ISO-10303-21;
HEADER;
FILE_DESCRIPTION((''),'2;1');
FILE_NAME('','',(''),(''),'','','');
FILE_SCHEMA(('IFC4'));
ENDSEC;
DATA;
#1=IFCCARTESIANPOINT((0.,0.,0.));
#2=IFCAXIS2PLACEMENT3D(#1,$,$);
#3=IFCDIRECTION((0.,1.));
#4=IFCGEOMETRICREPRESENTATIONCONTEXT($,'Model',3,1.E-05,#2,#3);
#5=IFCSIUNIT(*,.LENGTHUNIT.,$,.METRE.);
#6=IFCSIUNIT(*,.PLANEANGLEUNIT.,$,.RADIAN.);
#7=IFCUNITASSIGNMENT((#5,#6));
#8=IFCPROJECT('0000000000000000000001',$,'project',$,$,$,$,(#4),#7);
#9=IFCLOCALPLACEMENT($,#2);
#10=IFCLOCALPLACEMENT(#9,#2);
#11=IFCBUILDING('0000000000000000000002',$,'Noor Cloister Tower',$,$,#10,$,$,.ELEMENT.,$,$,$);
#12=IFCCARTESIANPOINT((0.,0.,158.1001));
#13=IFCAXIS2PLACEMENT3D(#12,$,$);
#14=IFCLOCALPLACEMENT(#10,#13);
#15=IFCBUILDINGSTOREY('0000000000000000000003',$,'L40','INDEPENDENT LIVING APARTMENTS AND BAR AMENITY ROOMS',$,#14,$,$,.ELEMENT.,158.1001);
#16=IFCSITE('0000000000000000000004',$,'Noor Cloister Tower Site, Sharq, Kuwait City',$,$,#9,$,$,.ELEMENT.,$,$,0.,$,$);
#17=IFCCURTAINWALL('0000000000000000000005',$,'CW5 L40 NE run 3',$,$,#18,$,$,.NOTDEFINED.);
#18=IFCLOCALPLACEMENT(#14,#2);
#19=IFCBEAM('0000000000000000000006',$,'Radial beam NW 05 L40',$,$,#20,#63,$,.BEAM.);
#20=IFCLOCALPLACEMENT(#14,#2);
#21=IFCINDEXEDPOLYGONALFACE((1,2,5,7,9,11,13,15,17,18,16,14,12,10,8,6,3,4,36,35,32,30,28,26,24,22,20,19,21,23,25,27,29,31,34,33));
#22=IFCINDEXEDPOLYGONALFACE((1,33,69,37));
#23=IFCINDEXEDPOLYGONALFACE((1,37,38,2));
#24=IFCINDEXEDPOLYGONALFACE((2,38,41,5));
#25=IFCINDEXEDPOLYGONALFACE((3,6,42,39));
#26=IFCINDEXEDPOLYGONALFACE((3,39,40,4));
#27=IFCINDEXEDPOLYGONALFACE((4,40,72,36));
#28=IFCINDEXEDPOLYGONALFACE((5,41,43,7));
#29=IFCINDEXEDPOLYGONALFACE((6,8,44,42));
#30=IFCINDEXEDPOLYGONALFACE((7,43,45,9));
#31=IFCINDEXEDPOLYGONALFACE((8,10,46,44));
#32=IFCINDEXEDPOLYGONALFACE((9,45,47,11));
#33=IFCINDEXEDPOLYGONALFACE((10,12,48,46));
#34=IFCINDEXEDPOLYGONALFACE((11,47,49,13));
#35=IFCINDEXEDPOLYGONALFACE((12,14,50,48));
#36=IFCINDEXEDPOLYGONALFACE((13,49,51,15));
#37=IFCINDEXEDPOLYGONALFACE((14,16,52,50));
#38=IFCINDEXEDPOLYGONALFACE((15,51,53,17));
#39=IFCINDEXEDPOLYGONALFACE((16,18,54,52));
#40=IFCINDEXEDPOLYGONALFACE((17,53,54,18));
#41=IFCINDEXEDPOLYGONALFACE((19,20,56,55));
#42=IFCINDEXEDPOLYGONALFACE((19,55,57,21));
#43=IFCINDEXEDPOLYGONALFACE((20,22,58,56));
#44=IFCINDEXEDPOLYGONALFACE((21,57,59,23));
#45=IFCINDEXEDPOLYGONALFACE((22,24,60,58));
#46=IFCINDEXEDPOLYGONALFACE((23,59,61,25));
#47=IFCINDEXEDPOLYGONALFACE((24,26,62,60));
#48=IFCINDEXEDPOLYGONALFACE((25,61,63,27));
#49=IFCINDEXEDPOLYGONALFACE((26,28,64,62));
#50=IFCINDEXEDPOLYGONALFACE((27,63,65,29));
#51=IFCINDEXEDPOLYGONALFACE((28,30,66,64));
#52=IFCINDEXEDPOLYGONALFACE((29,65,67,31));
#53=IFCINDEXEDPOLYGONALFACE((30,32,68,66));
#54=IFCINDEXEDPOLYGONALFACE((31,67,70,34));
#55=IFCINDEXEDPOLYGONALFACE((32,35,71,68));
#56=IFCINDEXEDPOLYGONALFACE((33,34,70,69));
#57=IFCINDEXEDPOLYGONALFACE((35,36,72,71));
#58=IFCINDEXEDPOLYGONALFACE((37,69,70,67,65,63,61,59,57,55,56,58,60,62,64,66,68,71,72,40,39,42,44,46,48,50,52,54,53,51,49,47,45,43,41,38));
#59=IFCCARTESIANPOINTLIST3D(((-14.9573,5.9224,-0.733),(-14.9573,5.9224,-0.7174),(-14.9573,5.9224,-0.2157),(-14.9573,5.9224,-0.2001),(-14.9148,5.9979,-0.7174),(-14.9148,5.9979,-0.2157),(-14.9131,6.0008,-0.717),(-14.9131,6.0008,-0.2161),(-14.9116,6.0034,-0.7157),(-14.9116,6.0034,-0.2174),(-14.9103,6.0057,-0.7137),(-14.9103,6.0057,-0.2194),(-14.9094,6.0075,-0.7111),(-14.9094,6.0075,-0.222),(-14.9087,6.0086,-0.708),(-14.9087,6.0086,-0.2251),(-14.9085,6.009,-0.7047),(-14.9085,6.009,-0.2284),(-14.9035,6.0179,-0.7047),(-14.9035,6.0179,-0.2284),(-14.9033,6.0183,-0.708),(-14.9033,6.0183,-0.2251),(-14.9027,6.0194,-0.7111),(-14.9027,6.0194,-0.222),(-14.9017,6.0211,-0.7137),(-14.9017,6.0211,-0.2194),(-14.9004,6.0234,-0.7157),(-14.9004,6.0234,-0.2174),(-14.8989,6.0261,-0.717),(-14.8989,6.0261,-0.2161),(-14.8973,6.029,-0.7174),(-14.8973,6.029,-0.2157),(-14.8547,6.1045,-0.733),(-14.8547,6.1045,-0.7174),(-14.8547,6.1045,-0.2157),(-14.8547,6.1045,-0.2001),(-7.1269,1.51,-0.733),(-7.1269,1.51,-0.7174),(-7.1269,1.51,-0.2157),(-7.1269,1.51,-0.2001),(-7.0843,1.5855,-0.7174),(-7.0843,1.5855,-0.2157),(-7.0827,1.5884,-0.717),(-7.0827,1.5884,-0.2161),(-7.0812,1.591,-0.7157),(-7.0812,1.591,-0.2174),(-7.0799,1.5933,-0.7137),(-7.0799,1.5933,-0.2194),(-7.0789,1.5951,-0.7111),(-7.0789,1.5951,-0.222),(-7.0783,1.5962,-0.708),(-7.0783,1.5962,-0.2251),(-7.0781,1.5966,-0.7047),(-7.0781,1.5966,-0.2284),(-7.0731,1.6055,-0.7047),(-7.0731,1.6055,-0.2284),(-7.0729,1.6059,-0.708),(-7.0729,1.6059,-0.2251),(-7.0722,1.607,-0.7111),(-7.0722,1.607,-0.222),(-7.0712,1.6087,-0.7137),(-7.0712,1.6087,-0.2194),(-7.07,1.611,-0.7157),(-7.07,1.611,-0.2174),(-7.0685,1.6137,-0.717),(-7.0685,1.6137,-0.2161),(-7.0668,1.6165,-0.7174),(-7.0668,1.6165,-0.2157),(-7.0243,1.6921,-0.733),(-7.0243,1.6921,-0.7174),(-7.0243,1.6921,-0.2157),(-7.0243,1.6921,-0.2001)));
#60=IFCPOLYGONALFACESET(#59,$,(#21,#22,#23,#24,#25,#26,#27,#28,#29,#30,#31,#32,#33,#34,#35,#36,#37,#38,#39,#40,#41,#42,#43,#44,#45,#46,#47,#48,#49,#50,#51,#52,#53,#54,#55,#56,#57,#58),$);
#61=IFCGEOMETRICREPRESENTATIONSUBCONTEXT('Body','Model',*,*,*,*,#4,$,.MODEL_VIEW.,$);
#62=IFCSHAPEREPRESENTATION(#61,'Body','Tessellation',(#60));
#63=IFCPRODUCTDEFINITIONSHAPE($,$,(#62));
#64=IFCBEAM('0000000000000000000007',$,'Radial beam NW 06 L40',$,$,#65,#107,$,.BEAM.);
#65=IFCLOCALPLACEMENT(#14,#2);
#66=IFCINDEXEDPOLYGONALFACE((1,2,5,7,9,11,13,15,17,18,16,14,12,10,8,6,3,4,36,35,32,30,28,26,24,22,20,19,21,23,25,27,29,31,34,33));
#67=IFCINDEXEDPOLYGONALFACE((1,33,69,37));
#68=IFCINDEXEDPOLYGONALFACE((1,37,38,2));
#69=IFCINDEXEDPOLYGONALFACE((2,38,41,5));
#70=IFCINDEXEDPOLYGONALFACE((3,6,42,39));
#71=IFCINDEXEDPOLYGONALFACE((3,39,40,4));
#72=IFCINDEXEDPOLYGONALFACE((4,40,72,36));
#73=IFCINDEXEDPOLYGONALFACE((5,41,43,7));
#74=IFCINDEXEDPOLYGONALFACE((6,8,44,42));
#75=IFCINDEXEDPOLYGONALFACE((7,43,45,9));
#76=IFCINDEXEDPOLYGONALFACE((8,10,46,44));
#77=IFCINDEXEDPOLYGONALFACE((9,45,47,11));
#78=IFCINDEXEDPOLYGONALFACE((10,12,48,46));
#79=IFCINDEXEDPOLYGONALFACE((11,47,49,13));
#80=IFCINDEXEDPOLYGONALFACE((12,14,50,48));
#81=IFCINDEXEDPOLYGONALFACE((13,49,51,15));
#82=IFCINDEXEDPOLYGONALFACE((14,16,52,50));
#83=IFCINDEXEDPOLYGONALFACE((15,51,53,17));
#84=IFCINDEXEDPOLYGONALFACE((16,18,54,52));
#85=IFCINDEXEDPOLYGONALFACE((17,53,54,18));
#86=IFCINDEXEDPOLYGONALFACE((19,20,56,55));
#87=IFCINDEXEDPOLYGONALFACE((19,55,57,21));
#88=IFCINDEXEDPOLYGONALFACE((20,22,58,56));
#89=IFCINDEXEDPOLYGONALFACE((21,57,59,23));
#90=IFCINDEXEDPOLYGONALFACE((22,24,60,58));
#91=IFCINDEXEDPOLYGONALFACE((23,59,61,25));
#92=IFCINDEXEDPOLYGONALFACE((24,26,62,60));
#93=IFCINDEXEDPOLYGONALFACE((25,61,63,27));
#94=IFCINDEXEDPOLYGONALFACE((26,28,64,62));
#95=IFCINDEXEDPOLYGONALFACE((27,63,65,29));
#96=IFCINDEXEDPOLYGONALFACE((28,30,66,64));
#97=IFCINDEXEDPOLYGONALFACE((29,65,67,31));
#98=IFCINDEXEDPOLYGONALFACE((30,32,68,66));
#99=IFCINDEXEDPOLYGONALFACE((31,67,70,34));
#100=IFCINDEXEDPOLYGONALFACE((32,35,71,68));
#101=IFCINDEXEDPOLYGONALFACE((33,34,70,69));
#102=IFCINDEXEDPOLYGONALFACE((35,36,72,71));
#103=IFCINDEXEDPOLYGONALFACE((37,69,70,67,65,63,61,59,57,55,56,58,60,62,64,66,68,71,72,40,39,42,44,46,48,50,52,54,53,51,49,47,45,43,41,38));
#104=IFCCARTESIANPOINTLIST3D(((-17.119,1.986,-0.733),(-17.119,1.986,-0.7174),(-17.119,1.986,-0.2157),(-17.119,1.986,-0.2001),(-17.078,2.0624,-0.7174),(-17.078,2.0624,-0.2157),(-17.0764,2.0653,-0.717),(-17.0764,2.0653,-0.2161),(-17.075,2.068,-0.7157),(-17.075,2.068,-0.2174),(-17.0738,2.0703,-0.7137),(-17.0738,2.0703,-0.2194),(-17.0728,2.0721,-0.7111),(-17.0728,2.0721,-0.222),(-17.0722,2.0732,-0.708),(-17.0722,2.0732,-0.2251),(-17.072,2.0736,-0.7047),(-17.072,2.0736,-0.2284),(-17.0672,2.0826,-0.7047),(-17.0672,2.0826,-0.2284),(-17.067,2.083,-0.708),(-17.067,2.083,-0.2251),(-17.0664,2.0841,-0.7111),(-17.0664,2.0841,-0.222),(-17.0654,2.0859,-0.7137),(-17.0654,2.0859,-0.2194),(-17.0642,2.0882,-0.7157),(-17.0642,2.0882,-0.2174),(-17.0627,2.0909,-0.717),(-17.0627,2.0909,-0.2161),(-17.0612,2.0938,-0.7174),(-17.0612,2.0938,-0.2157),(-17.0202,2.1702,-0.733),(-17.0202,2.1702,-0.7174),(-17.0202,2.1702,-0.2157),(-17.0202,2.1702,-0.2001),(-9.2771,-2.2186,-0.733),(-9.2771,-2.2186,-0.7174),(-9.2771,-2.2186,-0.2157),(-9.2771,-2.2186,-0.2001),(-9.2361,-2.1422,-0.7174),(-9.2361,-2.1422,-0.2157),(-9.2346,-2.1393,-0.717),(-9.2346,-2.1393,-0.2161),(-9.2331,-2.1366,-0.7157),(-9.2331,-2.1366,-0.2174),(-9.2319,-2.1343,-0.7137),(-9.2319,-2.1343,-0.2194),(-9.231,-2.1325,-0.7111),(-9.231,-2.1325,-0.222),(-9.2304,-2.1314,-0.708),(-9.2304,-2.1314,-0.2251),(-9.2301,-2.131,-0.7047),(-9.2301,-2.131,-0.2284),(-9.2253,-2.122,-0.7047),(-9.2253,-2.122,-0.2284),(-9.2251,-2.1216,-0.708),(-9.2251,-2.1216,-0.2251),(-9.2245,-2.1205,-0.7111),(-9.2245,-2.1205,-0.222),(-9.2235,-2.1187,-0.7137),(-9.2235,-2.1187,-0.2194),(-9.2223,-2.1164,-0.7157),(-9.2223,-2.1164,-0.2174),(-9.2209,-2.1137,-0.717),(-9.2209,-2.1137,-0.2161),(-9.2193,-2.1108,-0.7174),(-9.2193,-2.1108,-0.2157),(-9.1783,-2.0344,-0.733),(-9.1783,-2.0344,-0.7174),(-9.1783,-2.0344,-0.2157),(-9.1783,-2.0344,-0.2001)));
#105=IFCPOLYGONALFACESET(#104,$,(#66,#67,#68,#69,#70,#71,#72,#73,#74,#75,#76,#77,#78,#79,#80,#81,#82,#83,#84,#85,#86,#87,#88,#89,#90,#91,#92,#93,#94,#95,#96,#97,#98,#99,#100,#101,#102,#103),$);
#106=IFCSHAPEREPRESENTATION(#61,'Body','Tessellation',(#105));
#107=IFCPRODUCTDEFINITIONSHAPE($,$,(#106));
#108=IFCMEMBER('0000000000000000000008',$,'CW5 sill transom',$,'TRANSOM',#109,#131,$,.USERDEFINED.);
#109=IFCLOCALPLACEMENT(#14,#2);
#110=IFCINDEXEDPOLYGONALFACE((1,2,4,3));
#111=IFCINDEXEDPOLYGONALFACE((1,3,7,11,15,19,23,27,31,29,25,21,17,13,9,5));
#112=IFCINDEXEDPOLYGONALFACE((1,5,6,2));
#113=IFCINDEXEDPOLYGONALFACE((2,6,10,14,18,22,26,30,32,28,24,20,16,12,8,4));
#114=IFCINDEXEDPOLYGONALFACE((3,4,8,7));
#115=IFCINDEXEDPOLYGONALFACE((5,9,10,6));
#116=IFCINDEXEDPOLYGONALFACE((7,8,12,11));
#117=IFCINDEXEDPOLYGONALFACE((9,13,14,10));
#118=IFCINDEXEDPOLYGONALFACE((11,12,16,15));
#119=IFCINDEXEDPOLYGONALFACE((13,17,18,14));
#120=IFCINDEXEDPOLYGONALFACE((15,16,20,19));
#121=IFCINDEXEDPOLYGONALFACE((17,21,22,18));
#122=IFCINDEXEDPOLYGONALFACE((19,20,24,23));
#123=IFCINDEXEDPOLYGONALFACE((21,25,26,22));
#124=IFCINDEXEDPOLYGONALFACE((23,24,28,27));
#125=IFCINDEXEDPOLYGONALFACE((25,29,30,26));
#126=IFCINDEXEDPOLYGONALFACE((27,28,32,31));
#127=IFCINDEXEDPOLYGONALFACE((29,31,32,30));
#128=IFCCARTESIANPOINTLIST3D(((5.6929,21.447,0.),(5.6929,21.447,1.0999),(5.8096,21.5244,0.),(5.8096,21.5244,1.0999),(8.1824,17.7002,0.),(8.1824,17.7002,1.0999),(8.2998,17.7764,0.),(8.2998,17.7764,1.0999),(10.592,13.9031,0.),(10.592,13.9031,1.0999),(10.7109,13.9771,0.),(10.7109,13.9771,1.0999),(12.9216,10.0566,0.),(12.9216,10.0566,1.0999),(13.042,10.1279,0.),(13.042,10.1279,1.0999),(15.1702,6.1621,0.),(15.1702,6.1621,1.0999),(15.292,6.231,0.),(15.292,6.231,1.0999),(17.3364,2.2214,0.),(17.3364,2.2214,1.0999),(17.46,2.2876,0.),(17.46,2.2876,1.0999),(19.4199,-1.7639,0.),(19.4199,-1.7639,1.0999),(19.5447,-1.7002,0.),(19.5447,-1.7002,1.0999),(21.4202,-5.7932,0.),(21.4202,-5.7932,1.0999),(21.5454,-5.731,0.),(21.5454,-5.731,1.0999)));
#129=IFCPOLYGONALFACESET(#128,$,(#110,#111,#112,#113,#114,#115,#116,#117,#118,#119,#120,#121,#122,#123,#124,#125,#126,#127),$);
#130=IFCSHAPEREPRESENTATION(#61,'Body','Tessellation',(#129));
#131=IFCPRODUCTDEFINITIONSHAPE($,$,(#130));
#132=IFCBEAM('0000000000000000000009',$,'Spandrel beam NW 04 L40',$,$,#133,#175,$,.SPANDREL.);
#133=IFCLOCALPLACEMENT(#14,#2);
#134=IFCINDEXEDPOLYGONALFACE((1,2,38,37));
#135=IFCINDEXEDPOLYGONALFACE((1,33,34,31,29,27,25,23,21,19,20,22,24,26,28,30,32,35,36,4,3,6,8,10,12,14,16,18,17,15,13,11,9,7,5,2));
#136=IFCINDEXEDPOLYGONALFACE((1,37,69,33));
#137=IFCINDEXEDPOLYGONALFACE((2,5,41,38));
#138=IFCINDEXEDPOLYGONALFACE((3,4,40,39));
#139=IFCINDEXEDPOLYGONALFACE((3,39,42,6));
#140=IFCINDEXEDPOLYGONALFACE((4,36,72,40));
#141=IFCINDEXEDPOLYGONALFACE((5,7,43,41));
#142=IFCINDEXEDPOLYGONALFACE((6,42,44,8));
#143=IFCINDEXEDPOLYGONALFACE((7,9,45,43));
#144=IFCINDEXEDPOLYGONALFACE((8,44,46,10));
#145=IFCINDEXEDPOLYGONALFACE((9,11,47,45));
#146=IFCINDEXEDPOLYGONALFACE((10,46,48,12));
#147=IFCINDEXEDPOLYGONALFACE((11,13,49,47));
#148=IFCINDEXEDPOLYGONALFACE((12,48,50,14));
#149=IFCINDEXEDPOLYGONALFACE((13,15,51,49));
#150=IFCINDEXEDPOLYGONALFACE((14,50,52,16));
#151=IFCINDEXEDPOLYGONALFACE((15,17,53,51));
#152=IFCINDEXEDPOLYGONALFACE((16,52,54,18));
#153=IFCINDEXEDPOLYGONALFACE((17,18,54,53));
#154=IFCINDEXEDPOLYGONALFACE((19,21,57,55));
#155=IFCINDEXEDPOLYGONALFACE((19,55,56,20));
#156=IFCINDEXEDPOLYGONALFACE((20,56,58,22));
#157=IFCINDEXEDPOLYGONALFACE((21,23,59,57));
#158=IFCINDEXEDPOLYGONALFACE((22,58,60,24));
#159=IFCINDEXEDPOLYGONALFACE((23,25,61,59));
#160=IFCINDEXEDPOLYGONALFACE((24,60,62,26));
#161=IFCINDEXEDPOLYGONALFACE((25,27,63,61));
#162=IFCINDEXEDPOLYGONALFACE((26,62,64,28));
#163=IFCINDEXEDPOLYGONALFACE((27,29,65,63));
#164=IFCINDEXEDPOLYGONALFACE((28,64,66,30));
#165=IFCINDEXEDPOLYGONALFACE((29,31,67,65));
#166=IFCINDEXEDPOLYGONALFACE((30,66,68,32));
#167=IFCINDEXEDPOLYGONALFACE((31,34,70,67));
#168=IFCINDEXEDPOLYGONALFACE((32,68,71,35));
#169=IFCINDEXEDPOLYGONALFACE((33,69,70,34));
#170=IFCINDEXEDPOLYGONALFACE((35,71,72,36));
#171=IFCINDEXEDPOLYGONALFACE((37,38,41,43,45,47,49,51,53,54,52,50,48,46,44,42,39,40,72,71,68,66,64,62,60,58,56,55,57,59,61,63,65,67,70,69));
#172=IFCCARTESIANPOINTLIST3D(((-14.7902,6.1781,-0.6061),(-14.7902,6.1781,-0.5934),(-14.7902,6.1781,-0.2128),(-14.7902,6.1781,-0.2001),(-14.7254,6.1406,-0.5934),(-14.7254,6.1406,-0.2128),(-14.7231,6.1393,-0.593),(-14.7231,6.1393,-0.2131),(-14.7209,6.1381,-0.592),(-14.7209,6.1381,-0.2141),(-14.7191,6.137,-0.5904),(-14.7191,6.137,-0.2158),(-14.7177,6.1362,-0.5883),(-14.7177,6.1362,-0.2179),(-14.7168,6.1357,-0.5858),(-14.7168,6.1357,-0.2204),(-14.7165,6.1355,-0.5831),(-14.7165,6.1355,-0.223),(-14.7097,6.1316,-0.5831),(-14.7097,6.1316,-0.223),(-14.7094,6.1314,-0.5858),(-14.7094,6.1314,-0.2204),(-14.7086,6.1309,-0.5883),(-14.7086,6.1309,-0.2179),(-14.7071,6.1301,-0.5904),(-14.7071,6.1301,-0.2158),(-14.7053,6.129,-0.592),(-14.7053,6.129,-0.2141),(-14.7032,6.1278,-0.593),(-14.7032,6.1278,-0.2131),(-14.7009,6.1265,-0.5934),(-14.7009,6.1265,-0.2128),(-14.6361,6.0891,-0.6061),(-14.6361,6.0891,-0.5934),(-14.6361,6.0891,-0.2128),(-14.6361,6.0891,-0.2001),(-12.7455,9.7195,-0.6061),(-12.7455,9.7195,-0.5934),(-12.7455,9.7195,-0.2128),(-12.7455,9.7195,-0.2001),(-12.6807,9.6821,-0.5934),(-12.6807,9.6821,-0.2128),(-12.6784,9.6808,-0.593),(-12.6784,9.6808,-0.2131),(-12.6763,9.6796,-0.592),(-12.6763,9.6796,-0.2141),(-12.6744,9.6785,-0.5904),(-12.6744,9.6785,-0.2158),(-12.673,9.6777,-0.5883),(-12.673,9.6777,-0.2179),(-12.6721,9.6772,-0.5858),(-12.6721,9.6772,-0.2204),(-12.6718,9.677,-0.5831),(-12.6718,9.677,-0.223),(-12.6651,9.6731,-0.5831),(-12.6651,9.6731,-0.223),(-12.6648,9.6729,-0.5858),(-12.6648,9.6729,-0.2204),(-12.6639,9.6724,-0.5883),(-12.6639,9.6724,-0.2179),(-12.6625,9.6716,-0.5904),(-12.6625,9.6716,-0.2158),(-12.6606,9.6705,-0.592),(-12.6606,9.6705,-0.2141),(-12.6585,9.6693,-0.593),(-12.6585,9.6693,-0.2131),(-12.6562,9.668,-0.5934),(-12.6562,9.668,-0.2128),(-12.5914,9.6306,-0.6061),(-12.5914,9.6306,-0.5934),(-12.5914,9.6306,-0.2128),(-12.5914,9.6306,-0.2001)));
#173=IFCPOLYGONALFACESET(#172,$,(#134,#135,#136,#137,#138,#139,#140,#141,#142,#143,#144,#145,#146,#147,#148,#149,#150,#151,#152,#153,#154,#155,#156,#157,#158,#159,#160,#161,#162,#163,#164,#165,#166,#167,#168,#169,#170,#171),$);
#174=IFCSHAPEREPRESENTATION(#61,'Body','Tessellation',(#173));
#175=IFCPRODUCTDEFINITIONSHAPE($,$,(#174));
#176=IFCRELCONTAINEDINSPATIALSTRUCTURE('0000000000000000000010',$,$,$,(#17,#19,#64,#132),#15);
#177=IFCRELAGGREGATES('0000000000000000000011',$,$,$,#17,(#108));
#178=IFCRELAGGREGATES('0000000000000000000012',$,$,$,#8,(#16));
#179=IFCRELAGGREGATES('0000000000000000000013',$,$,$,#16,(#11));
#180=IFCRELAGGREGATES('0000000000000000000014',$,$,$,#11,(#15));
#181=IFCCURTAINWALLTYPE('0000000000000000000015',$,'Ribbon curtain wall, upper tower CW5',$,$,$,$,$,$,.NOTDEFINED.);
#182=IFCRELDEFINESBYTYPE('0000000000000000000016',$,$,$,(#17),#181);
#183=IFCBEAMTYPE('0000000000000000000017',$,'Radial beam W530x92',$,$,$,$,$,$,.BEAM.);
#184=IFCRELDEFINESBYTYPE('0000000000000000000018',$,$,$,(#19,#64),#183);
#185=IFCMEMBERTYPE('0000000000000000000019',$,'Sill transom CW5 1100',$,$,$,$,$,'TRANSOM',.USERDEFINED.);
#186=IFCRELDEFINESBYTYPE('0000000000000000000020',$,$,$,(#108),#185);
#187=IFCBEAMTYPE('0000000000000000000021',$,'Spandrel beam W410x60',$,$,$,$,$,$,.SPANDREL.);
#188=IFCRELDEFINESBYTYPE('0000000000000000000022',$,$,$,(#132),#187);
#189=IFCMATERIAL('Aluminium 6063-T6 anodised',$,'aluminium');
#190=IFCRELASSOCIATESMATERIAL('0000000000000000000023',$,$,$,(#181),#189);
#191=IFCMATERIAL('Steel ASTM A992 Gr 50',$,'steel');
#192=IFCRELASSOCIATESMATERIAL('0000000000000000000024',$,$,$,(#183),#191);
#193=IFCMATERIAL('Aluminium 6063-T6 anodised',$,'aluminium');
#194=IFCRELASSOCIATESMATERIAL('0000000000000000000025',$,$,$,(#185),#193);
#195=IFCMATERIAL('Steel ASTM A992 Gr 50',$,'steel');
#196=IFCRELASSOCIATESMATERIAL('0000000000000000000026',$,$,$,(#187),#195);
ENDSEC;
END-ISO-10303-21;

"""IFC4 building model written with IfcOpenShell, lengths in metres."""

from ifc_helpers import new_model, si_unit, direction, frame, origin, origin_2d, place, context, subcontext, project, spatial, polyline, i_section, outline, extrude, material, material_profile, profile_set, type_object, element, aggregate, save


model = new_model("IFC4")

# Units and contexts
model_context = context("Model", 3, precision=1e-05, world=origin(), true_north=direction((0.0, 1.0)))
body_context = subcontext(model_context, "Body", "Model", "MODEL_VIEW")
ifc_project = project(units=[si_unit("LENGTHUNIT", "METRE"), si_unit("PLANEANGLEUNIT", "RADIAN")], contexts=[model_context])

# Site, building, storey
site_placement = place(None, origin())
site = spatial("IfcSite", under=ifc_project, at=site_placement, Name="Noor Cloister Tower Site, Sharq, Kuwait City", CompositionType="ELEMENT", RefElevation=0.0)
building_placement = place(site_placement, origin())
building = spatial("IfcBuilding", under=site, at=building_placement, Name="Noor Cloister Tower", CompositionType="ELEMENT")
storey_placement = place(building_placement, frame((0.0, 0.0, 158.1001)))
storey = spatial("IfcBuildingStorey", under=building, at=storey_placement, Name="L40", Description="INDEPENDENT LIVING APARTMENTS AND BAR AMENITY ROOMS", CompositionType="ELEMENT", Elevation=158.1001)

# Curtain wall
ifc_material_1 = material(Name="Aluminium 6063-T6 anodised", Category="aluminium")
curtain_wall_type = type_object("IfcCurtainWallType", Name="Ribbon curtain wall, upper tower CW5", PredefinedType="NOTDEFINED", material=ifc_material_1)
curtain_wall_1_placement = place(storey_placement, origin())
curtain_wall_1 = element("IfcCurtainWall", 1, at=curtain_wall_1_placement, inside=storey, type_object=curtain_wall_type, Name="CW5 L40 NE run 3", PredefinedType="NOTDEFINED")

# Beams
ifc_material_2 = material(Name="Steel ASTM A992 Gr 50", Category="steel")
ifc_material_profile_1 = material_profile(ifc_material_2, i_section(OverallWidth=0.209, OverallDepth=0.533, WebThickness=0.0103, FlangeThickness=0.0156, FilletRadius=0.0127, at=origin_2d()), Name="W530x92")
ifc_profile_set_1 = profile_set([ifc_material_profile_1], Name="Steel ASTM A992 Gr 50")
beam_type_1 = type_object("IfcBeamType", Name="Radial beam W530x92", PredefinedType="BEAM", material=ifc_profile_set_1)
beam_1_placement = place(storey_placement, frame((-14.906, 6.0134, -0.4666), z_axis=(0.871205, -0.49092, 0.0), x_axis=(0.49092, 0.871205, 0.0)))
element("IfcBeam", 2, at=beam_1_placement, inside=storey, type_object=beam_type_1, Name="Radial beam NW 05 L40", PredefinedType="BEAM", context=body_context, shape_type="SweptSolid", body=[
    extrude(i_section(OverallWidth=0.209, OverallDepth=0.533, WebThickness=0.0103, FlangeThickness=0.0156, FilletRadius=0.0127, at=origin_2d()), origin(), (0.0, 0.0, 1.0), 8.988),
])
beam_2_placement = place(storey_placement, frame((-17.0696, 2.0781, -0.4666), z_axis=(0.88131, -0.472538, 0.0), x_axis=(0.472538, 0.88131, 0.0)))
element("IfcBeam", 3, at=beam_2_placement, inside=storey, type_object=beam_type_1, Name="Radial beam NW 06 L40", PredefinedType="BEAM", context=body_context, shape_type="SweptSolid", body=[
    extrude(i_section(OverallWidth=0.209, OverallDepth=0.533, WebThickness=0.0103, FlangeThickness=0.0156, FilletRadius=0.0127, at=origin_2d()), origin(), (0.0, 0.0, 1.0), 8.8979),
])

# Member
ifc_material_3 = material(Name="Aluminium 6063-T6 anodised", Category="aluminium")
member_type_1 = type_object("IfcMemberType", Name="Sill transom CW5 1100", ElementType="TRANSOM", PredefinedType="USERDEFINED", material=ifc_material_3)
member_1_placement = place(storey_placement, origin())
member_1 = element("IfcMember", 4, at=member_1_placement, type_object=member_type_1, Name="CW5 sill transom", ObjectType="TRANSOM", PredefinedType="USERDEFINED", context=body_context, shape_type="SweptSolid", body=[
    extrude(outline(polyline([(21.5454, -5.731), (19.5447, -1.7002), (17.46, 2.2876), (15.292, 6.231), (13.042, 10.1279), (10.7109, 13.9771), (8.2998, 17.7764), (5.8096, 21.5244), (5.6929, 21.447), (8.1824, 17.7002), (10.592, 13.9031), (12.9216, 10.0566), (15.1702, 6.1621), (17.3364, 2.2214), (19.4199, -1.7639), (21.4202, -5.7932), (21.5454, -5.731)])), origin(), (0.0, 0.0, 1.0), 1.0999),
])
aggregate(curtain_wall_1, [member_1])

# Beam
ifc_material_4 = material(Name="Steel ASTM A992 Gr 50", Category="steel")
ifc_material_profile_2 = material_profile(ifc_material_4, i_section(OverallWidth=0.178, OverallDepth=0.406, WebThickness=0.0078, FlangeThickness=0.0127, FilletRadius=0.0103, at=origin_2d()), Name="W410x60")
ifc_profile_set_2 = profile_set([ifc_material_profile_2], Name="Steel ASTM A992 Gr 50")
beam_type_2 = type_object("IfcBeamType", Name="Spandrel beam W410x60", PredefinedType="SPANDREL", material=ifc_profile_set_2)
beam_3_placement = place(storey_placement, frame((-12.6685, 9.675, -0.4031), z_axis=(-0.499998, -0.866027, 0.0), x_axis=(0.866027, -0.499998, 0.0)))
element("IfcBeam", 5, at=beam_3_placement, inside=storey, type_object=beam_type_2, Name="Spandrel beam NW 04 L40", PredefinedType="SPANDREL", context=body_context, shape_type="SweptSolid", body=[
    extrude(i_section(OverallWidth=0.178, OverallDepth=0.406, WebThickness=0.0078, FlangeThickness=0.0127, FilletRadius=0.0103, at=origin_2d()), origin(), (0.0, 0.0, 1.0), 4.0894),
])

save(model, "model.ifc")
